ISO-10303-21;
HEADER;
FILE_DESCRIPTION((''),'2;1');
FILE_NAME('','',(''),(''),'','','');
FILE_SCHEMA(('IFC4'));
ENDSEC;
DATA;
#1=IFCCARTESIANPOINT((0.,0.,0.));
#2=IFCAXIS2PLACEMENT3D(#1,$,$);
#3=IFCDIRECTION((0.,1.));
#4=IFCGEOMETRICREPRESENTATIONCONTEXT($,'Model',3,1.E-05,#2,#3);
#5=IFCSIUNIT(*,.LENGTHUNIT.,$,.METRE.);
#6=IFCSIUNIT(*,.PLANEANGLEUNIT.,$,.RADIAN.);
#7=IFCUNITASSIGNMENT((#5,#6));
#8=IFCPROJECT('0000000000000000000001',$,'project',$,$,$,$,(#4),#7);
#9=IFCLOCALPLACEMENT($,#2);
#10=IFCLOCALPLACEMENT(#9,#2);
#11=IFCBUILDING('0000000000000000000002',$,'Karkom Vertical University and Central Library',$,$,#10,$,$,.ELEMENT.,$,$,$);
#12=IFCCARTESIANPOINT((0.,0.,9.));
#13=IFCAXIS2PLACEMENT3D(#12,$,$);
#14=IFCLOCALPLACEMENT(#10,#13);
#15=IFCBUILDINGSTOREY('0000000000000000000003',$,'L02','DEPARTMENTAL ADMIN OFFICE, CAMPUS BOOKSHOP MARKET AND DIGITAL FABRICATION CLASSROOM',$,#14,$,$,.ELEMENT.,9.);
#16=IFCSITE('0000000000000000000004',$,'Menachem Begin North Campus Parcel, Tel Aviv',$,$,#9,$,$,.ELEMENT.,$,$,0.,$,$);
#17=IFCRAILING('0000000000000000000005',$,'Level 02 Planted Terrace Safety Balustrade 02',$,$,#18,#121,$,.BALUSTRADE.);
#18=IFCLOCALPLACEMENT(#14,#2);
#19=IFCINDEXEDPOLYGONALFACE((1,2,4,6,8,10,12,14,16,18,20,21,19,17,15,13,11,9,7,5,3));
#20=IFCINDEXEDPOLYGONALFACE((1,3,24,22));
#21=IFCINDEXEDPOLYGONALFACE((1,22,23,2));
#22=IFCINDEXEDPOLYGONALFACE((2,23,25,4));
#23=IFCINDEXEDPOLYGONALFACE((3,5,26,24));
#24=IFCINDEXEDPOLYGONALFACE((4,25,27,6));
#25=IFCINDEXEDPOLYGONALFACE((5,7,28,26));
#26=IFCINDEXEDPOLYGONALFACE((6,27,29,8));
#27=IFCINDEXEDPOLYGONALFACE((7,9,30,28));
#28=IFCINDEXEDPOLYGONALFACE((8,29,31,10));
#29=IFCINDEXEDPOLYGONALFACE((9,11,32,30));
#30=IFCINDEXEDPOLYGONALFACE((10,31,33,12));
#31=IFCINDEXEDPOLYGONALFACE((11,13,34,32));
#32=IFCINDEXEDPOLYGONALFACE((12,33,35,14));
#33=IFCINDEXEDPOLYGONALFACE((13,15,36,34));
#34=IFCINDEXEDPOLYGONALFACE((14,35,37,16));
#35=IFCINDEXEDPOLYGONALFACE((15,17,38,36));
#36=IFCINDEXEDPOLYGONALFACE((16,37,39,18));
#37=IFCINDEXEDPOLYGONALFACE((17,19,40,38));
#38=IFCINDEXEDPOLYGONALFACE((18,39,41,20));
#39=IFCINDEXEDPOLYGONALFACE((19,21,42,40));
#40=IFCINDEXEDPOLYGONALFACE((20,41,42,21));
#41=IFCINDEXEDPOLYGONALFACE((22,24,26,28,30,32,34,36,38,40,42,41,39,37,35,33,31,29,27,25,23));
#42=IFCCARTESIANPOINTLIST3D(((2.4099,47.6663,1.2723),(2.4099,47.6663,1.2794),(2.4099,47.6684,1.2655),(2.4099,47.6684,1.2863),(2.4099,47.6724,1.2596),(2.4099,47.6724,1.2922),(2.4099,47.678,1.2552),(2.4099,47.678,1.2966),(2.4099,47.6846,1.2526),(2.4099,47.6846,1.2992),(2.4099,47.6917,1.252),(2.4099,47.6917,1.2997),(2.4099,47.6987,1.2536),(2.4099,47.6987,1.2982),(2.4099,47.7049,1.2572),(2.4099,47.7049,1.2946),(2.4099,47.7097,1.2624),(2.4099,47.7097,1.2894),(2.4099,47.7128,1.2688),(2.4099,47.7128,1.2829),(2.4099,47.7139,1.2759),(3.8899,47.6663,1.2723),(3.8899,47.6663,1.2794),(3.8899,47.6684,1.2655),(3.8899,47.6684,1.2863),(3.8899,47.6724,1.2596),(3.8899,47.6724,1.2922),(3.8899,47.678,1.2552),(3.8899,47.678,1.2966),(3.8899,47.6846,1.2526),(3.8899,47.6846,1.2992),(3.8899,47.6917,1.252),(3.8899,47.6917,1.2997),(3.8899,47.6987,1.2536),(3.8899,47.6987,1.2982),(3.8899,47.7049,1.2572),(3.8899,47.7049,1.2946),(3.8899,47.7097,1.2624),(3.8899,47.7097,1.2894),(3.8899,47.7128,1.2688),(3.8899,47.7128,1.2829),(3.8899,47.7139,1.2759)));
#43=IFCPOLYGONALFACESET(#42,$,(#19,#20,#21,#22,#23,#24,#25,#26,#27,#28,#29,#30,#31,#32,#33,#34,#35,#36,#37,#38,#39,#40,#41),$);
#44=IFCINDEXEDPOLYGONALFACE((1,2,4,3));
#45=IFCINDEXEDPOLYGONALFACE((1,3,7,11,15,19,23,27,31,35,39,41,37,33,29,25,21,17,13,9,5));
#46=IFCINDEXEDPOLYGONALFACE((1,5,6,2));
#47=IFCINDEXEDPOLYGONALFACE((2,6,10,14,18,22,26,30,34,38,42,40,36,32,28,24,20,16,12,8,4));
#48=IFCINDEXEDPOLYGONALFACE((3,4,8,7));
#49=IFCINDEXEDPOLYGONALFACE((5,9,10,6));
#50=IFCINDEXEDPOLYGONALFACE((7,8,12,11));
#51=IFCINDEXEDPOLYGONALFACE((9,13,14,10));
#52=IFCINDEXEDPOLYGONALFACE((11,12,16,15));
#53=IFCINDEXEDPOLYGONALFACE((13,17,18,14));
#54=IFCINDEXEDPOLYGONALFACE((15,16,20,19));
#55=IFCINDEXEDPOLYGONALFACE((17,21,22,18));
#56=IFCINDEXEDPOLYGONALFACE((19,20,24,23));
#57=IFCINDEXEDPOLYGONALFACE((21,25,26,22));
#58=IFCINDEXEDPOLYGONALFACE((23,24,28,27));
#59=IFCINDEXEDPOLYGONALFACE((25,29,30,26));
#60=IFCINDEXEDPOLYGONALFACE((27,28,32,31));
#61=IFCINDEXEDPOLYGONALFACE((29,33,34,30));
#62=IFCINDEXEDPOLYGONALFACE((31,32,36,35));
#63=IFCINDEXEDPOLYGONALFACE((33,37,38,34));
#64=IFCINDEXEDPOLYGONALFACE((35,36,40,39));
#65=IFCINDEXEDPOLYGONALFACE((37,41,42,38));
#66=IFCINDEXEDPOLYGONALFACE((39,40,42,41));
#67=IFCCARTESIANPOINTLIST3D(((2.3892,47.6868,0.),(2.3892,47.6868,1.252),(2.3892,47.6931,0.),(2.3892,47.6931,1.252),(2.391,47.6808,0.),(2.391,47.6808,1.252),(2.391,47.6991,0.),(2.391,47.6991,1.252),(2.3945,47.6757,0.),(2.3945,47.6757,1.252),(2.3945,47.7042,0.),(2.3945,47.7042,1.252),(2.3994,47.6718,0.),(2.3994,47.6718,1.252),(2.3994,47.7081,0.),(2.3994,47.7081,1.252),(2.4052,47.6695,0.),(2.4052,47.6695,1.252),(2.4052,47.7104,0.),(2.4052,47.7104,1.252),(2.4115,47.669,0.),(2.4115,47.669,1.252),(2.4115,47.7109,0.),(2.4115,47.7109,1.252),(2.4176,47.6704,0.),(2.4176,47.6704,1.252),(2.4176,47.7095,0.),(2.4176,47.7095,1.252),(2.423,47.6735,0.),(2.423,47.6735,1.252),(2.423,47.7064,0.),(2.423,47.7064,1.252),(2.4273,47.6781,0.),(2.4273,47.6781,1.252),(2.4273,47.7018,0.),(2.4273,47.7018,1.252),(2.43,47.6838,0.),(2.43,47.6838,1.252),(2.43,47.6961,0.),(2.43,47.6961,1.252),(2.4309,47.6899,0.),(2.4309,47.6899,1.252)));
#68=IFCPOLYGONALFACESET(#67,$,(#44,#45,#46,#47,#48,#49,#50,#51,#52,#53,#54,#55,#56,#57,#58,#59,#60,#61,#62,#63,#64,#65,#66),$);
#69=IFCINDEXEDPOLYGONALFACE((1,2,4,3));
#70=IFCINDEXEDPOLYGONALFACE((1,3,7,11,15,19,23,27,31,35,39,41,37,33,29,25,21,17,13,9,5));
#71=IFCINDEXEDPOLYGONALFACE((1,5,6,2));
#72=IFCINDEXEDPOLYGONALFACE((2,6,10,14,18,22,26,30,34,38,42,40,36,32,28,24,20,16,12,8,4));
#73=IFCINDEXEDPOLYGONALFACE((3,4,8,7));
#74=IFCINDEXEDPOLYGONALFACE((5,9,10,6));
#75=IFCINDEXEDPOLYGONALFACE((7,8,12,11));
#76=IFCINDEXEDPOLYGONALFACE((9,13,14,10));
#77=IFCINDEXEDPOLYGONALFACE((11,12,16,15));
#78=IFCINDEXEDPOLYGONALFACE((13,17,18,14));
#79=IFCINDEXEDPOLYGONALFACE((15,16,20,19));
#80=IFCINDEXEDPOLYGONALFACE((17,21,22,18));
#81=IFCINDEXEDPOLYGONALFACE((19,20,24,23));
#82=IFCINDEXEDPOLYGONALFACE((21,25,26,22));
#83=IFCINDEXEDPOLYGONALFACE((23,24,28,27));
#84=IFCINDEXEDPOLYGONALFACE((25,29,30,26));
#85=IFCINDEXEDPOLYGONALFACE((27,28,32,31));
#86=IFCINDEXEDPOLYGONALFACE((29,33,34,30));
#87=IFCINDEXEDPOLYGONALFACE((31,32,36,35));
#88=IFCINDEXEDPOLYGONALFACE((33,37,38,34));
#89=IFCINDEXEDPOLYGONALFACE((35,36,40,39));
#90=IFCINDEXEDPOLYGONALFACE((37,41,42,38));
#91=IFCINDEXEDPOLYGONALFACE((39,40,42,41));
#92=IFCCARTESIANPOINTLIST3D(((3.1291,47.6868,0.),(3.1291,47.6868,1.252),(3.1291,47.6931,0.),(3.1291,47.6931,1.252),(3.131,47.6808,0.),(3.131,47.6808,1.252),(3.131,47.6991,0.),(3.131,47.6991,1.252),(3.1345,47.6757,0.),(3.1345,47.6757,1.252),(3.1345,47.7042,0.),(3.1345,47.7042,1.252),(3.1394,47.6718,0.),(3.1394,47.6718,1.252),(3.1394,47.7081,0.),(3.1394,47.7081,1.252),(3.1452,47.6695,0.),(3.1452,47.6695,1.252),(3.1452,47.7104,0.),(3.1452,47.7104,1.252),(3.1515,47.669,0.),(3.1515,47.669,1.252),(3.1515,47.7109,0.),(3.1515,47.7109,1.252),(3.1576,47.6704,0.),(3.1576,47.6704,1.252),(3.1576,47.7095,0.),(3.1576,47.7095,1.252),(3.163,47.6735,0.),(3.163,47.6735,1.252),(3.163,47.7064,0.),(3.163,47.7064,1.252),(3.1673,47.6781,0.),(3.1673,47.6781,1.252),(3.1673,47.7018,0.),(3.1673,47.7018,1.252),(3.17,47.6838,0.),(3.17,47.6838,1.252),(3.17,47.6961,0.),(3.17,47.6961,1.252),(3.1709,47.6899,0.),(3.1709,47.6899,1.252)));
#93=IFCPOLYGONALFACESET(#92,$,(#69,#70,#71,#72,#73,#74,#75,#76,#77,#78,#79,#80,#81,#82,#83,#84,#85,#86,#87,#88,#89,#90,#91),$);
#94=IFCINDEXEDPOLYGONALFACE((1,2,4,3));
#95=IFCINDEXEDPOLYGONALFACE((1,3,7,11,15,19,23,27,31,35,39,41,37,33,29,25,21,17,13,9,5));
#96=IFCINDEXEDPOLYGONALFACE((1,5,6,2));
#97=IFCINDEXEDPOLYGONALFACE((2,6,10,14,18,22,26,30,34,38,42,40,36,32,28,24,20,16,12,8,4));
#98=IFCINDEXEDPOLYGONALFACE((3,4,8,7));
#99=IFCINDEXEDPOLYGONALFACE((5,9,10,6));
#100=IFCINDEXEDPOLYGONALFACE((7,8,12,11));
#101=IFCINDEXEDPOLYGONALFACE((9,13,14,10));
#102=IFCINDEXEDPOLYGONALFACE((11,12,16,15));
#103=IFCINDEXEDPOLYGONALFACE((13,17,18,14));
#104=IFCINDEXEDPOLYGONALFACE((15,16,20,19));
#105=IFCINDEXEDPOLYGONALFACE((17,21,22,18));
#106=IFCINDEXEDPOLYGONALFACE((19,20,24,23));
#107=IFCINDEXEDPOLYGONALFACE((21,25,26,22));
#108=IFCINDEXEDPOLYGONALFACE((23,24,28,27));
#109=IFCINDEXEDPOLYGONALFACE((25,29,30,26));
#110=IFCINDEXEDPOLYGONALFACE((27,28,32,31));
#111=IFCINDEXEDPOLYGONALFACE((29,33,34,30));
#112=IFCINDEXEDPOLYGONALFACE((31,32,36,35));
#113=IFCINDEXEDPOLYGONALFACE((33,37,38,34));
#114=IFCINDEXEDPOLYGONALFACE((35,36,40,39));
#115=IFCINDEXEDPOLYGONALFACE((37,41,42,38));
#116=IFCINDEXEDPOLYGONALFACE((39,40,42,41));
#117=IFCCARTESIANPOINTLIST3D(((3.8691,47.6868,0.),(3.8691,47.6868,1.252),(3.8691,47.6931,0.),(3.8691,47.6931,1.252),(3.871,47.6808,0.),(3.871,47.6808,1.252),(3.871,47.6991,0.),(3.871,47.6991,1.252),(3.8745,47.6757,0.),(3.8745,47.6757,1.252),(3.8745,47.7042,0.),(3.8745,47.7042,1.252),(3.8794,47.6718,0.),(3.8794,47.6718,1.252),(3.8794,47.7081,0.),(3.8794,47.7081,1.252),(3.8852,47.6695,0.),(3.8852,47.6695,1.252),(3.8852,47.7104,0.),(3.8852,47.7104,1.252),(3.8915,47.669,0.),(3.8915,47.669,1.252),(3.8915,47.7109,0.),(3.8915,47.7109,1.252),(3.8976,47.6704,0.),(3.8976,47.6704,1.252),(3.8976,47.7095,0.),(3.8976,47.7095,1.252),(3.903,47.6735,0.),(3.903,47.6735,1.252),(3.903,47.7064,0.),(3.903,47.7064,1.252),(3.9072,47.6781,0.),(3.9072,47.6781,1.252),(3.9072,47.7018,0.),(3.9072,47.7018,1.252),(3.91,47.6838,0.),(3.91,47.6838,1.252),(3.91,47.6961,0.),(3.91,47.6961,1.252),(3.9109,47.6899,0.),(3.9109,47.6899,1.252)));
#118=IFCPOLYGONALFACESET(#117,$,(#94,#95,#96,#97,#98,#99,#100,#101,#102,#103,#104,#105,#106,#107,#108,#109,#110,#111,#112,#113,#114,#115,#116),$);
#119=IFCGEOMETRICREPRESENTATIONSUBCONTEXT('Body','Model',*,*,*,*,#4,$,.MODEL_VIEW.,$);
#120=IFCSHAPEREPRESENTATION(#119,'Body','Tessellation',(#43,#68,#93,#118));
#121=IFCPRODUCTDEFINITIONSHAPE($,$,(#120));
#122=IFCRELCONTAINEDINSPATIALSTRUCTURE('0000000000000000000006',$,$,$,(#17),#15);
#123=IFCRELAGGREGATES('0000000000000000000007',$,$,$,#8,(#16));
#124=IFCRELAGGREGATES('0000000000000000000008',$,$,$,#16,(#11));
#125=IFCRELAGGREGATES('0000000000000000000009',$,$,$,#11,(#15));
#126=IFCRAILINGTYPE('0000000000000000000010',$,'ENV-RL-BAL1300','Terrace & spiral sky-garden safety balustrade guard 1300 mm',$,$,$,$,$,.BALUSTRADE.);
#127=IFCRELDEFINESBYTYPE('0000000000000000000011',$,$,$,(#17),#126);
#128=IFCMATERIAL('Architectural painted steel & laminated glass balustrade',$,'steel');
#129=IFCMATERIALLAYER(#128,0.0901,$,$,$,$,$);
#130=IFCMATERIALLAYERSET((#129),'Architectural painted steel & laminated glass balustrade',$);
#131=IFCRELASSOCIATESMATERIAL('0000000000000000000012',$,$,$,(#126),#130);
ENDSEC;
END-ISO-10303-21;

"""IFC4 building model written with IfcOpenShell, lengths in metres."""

from ifc_helpers import new_model, si_unit, direction, frame, origin, origin_2d, place, context, subcontext, project, spatial, circle, extrude, material, layer, layer_set, type_object, element, save


model = new_model("IFC4")

# Units and contexts
model_context = context("Model", 3, precision=1e-05, world=origin(), true_north=direction((0.0, 1.0)))
body_context = subcontext(model_context, "Body", "Model", "MODEL_VIEW")
ifc_project = project(units=[si_unit("LENGTHUNIT", "METRE"), si_unit("PLANEANGLEUNIT", "RADIAN")], contexts=[model_context])

# Site, building, storey
site_placement = place(None, origin())
site = spatial("IfcSite", under=ifc_project, at=site_placement, Name="Menachem Begin North Campus Parcel, Tel Aviv", CompositionType="ELEMENT", RefElevation=0.0)
building_placement = place(site_placement, origin())
building = spatial("IfcBuilding", under=site, at=building_placement, Name="Karkom Vertical University and Central Library", CompositionType="ELEMENT")
storey_placement = place(building_placement, frame((0.0, 0.0, 9.0)))
storey = spatial("IfcBuildingStorey", under=building, at=storey_placement, Name="L02", Description="DEPARTMENTAL ADMIN OFFICE, CAMPUS BOOKSHOP MARKET AND DIGITAL FABRICATION CLASSROOM", CompositionType="ELEMENT", Elevation=9.0)

# Railing
ifc_material_1 = material(Name="Architectural painted steel & laminated glass balustrade", Category="steel")
ifc_layer_1 = layer(ifc_material_1, 0.0901)
ifc_layer_set_1 = layer_set([ifc_layer_1], Name="Architectural painted steel & laminated glass balustrade")
railing_type_1 = type_object("IfcRailingType", Name="ENV-RL-BAL1300", Description="Terrace & spiral sky-garden safety balustrade guard 1300 mm", PredefinedType="BALUSTRADE", material=ifc_layer_set_1)
railing_1_placement = place(storey_placement, frame((2.4099, 47.6899, 0.0)))
element("IfcRailing", 1, at=railing_1_placement, inside=storey, type_object=railing_type_1, Name="Level 02 Planted Terrace Safety Balustrade 02", PredefinedType="BALUSTRADE", context=body_context, shape_type="SweptSolid", body=[
    extrude(circle(Radius=0.0239, at=origin_2d()), frame((0.0, 0.0, 1.2759), z_axis=(1.0, 0.0, 0.0), x_axis=(0.0, 1.0, 0.0)), (0.0, 0.0, 1.0), 1.48),
    extrude(circle(Radius=0.021, at=origin_2d()), origin(), (0.0, 0.0, 1.0), 1.252),
    extrude(circle(Radius=0.021, at=origin_2d()), frame((0.74, 0.0, 0.0)), (0.0, 0.0, 1.0), 1.252),
    extrude(circle(Radius=0.021, at=origin_2d()), frame((1.48, 0.0, 0.0)), (0.0, 0.0, 1.0), 1.252),
])

save(model, "model.ifc")
